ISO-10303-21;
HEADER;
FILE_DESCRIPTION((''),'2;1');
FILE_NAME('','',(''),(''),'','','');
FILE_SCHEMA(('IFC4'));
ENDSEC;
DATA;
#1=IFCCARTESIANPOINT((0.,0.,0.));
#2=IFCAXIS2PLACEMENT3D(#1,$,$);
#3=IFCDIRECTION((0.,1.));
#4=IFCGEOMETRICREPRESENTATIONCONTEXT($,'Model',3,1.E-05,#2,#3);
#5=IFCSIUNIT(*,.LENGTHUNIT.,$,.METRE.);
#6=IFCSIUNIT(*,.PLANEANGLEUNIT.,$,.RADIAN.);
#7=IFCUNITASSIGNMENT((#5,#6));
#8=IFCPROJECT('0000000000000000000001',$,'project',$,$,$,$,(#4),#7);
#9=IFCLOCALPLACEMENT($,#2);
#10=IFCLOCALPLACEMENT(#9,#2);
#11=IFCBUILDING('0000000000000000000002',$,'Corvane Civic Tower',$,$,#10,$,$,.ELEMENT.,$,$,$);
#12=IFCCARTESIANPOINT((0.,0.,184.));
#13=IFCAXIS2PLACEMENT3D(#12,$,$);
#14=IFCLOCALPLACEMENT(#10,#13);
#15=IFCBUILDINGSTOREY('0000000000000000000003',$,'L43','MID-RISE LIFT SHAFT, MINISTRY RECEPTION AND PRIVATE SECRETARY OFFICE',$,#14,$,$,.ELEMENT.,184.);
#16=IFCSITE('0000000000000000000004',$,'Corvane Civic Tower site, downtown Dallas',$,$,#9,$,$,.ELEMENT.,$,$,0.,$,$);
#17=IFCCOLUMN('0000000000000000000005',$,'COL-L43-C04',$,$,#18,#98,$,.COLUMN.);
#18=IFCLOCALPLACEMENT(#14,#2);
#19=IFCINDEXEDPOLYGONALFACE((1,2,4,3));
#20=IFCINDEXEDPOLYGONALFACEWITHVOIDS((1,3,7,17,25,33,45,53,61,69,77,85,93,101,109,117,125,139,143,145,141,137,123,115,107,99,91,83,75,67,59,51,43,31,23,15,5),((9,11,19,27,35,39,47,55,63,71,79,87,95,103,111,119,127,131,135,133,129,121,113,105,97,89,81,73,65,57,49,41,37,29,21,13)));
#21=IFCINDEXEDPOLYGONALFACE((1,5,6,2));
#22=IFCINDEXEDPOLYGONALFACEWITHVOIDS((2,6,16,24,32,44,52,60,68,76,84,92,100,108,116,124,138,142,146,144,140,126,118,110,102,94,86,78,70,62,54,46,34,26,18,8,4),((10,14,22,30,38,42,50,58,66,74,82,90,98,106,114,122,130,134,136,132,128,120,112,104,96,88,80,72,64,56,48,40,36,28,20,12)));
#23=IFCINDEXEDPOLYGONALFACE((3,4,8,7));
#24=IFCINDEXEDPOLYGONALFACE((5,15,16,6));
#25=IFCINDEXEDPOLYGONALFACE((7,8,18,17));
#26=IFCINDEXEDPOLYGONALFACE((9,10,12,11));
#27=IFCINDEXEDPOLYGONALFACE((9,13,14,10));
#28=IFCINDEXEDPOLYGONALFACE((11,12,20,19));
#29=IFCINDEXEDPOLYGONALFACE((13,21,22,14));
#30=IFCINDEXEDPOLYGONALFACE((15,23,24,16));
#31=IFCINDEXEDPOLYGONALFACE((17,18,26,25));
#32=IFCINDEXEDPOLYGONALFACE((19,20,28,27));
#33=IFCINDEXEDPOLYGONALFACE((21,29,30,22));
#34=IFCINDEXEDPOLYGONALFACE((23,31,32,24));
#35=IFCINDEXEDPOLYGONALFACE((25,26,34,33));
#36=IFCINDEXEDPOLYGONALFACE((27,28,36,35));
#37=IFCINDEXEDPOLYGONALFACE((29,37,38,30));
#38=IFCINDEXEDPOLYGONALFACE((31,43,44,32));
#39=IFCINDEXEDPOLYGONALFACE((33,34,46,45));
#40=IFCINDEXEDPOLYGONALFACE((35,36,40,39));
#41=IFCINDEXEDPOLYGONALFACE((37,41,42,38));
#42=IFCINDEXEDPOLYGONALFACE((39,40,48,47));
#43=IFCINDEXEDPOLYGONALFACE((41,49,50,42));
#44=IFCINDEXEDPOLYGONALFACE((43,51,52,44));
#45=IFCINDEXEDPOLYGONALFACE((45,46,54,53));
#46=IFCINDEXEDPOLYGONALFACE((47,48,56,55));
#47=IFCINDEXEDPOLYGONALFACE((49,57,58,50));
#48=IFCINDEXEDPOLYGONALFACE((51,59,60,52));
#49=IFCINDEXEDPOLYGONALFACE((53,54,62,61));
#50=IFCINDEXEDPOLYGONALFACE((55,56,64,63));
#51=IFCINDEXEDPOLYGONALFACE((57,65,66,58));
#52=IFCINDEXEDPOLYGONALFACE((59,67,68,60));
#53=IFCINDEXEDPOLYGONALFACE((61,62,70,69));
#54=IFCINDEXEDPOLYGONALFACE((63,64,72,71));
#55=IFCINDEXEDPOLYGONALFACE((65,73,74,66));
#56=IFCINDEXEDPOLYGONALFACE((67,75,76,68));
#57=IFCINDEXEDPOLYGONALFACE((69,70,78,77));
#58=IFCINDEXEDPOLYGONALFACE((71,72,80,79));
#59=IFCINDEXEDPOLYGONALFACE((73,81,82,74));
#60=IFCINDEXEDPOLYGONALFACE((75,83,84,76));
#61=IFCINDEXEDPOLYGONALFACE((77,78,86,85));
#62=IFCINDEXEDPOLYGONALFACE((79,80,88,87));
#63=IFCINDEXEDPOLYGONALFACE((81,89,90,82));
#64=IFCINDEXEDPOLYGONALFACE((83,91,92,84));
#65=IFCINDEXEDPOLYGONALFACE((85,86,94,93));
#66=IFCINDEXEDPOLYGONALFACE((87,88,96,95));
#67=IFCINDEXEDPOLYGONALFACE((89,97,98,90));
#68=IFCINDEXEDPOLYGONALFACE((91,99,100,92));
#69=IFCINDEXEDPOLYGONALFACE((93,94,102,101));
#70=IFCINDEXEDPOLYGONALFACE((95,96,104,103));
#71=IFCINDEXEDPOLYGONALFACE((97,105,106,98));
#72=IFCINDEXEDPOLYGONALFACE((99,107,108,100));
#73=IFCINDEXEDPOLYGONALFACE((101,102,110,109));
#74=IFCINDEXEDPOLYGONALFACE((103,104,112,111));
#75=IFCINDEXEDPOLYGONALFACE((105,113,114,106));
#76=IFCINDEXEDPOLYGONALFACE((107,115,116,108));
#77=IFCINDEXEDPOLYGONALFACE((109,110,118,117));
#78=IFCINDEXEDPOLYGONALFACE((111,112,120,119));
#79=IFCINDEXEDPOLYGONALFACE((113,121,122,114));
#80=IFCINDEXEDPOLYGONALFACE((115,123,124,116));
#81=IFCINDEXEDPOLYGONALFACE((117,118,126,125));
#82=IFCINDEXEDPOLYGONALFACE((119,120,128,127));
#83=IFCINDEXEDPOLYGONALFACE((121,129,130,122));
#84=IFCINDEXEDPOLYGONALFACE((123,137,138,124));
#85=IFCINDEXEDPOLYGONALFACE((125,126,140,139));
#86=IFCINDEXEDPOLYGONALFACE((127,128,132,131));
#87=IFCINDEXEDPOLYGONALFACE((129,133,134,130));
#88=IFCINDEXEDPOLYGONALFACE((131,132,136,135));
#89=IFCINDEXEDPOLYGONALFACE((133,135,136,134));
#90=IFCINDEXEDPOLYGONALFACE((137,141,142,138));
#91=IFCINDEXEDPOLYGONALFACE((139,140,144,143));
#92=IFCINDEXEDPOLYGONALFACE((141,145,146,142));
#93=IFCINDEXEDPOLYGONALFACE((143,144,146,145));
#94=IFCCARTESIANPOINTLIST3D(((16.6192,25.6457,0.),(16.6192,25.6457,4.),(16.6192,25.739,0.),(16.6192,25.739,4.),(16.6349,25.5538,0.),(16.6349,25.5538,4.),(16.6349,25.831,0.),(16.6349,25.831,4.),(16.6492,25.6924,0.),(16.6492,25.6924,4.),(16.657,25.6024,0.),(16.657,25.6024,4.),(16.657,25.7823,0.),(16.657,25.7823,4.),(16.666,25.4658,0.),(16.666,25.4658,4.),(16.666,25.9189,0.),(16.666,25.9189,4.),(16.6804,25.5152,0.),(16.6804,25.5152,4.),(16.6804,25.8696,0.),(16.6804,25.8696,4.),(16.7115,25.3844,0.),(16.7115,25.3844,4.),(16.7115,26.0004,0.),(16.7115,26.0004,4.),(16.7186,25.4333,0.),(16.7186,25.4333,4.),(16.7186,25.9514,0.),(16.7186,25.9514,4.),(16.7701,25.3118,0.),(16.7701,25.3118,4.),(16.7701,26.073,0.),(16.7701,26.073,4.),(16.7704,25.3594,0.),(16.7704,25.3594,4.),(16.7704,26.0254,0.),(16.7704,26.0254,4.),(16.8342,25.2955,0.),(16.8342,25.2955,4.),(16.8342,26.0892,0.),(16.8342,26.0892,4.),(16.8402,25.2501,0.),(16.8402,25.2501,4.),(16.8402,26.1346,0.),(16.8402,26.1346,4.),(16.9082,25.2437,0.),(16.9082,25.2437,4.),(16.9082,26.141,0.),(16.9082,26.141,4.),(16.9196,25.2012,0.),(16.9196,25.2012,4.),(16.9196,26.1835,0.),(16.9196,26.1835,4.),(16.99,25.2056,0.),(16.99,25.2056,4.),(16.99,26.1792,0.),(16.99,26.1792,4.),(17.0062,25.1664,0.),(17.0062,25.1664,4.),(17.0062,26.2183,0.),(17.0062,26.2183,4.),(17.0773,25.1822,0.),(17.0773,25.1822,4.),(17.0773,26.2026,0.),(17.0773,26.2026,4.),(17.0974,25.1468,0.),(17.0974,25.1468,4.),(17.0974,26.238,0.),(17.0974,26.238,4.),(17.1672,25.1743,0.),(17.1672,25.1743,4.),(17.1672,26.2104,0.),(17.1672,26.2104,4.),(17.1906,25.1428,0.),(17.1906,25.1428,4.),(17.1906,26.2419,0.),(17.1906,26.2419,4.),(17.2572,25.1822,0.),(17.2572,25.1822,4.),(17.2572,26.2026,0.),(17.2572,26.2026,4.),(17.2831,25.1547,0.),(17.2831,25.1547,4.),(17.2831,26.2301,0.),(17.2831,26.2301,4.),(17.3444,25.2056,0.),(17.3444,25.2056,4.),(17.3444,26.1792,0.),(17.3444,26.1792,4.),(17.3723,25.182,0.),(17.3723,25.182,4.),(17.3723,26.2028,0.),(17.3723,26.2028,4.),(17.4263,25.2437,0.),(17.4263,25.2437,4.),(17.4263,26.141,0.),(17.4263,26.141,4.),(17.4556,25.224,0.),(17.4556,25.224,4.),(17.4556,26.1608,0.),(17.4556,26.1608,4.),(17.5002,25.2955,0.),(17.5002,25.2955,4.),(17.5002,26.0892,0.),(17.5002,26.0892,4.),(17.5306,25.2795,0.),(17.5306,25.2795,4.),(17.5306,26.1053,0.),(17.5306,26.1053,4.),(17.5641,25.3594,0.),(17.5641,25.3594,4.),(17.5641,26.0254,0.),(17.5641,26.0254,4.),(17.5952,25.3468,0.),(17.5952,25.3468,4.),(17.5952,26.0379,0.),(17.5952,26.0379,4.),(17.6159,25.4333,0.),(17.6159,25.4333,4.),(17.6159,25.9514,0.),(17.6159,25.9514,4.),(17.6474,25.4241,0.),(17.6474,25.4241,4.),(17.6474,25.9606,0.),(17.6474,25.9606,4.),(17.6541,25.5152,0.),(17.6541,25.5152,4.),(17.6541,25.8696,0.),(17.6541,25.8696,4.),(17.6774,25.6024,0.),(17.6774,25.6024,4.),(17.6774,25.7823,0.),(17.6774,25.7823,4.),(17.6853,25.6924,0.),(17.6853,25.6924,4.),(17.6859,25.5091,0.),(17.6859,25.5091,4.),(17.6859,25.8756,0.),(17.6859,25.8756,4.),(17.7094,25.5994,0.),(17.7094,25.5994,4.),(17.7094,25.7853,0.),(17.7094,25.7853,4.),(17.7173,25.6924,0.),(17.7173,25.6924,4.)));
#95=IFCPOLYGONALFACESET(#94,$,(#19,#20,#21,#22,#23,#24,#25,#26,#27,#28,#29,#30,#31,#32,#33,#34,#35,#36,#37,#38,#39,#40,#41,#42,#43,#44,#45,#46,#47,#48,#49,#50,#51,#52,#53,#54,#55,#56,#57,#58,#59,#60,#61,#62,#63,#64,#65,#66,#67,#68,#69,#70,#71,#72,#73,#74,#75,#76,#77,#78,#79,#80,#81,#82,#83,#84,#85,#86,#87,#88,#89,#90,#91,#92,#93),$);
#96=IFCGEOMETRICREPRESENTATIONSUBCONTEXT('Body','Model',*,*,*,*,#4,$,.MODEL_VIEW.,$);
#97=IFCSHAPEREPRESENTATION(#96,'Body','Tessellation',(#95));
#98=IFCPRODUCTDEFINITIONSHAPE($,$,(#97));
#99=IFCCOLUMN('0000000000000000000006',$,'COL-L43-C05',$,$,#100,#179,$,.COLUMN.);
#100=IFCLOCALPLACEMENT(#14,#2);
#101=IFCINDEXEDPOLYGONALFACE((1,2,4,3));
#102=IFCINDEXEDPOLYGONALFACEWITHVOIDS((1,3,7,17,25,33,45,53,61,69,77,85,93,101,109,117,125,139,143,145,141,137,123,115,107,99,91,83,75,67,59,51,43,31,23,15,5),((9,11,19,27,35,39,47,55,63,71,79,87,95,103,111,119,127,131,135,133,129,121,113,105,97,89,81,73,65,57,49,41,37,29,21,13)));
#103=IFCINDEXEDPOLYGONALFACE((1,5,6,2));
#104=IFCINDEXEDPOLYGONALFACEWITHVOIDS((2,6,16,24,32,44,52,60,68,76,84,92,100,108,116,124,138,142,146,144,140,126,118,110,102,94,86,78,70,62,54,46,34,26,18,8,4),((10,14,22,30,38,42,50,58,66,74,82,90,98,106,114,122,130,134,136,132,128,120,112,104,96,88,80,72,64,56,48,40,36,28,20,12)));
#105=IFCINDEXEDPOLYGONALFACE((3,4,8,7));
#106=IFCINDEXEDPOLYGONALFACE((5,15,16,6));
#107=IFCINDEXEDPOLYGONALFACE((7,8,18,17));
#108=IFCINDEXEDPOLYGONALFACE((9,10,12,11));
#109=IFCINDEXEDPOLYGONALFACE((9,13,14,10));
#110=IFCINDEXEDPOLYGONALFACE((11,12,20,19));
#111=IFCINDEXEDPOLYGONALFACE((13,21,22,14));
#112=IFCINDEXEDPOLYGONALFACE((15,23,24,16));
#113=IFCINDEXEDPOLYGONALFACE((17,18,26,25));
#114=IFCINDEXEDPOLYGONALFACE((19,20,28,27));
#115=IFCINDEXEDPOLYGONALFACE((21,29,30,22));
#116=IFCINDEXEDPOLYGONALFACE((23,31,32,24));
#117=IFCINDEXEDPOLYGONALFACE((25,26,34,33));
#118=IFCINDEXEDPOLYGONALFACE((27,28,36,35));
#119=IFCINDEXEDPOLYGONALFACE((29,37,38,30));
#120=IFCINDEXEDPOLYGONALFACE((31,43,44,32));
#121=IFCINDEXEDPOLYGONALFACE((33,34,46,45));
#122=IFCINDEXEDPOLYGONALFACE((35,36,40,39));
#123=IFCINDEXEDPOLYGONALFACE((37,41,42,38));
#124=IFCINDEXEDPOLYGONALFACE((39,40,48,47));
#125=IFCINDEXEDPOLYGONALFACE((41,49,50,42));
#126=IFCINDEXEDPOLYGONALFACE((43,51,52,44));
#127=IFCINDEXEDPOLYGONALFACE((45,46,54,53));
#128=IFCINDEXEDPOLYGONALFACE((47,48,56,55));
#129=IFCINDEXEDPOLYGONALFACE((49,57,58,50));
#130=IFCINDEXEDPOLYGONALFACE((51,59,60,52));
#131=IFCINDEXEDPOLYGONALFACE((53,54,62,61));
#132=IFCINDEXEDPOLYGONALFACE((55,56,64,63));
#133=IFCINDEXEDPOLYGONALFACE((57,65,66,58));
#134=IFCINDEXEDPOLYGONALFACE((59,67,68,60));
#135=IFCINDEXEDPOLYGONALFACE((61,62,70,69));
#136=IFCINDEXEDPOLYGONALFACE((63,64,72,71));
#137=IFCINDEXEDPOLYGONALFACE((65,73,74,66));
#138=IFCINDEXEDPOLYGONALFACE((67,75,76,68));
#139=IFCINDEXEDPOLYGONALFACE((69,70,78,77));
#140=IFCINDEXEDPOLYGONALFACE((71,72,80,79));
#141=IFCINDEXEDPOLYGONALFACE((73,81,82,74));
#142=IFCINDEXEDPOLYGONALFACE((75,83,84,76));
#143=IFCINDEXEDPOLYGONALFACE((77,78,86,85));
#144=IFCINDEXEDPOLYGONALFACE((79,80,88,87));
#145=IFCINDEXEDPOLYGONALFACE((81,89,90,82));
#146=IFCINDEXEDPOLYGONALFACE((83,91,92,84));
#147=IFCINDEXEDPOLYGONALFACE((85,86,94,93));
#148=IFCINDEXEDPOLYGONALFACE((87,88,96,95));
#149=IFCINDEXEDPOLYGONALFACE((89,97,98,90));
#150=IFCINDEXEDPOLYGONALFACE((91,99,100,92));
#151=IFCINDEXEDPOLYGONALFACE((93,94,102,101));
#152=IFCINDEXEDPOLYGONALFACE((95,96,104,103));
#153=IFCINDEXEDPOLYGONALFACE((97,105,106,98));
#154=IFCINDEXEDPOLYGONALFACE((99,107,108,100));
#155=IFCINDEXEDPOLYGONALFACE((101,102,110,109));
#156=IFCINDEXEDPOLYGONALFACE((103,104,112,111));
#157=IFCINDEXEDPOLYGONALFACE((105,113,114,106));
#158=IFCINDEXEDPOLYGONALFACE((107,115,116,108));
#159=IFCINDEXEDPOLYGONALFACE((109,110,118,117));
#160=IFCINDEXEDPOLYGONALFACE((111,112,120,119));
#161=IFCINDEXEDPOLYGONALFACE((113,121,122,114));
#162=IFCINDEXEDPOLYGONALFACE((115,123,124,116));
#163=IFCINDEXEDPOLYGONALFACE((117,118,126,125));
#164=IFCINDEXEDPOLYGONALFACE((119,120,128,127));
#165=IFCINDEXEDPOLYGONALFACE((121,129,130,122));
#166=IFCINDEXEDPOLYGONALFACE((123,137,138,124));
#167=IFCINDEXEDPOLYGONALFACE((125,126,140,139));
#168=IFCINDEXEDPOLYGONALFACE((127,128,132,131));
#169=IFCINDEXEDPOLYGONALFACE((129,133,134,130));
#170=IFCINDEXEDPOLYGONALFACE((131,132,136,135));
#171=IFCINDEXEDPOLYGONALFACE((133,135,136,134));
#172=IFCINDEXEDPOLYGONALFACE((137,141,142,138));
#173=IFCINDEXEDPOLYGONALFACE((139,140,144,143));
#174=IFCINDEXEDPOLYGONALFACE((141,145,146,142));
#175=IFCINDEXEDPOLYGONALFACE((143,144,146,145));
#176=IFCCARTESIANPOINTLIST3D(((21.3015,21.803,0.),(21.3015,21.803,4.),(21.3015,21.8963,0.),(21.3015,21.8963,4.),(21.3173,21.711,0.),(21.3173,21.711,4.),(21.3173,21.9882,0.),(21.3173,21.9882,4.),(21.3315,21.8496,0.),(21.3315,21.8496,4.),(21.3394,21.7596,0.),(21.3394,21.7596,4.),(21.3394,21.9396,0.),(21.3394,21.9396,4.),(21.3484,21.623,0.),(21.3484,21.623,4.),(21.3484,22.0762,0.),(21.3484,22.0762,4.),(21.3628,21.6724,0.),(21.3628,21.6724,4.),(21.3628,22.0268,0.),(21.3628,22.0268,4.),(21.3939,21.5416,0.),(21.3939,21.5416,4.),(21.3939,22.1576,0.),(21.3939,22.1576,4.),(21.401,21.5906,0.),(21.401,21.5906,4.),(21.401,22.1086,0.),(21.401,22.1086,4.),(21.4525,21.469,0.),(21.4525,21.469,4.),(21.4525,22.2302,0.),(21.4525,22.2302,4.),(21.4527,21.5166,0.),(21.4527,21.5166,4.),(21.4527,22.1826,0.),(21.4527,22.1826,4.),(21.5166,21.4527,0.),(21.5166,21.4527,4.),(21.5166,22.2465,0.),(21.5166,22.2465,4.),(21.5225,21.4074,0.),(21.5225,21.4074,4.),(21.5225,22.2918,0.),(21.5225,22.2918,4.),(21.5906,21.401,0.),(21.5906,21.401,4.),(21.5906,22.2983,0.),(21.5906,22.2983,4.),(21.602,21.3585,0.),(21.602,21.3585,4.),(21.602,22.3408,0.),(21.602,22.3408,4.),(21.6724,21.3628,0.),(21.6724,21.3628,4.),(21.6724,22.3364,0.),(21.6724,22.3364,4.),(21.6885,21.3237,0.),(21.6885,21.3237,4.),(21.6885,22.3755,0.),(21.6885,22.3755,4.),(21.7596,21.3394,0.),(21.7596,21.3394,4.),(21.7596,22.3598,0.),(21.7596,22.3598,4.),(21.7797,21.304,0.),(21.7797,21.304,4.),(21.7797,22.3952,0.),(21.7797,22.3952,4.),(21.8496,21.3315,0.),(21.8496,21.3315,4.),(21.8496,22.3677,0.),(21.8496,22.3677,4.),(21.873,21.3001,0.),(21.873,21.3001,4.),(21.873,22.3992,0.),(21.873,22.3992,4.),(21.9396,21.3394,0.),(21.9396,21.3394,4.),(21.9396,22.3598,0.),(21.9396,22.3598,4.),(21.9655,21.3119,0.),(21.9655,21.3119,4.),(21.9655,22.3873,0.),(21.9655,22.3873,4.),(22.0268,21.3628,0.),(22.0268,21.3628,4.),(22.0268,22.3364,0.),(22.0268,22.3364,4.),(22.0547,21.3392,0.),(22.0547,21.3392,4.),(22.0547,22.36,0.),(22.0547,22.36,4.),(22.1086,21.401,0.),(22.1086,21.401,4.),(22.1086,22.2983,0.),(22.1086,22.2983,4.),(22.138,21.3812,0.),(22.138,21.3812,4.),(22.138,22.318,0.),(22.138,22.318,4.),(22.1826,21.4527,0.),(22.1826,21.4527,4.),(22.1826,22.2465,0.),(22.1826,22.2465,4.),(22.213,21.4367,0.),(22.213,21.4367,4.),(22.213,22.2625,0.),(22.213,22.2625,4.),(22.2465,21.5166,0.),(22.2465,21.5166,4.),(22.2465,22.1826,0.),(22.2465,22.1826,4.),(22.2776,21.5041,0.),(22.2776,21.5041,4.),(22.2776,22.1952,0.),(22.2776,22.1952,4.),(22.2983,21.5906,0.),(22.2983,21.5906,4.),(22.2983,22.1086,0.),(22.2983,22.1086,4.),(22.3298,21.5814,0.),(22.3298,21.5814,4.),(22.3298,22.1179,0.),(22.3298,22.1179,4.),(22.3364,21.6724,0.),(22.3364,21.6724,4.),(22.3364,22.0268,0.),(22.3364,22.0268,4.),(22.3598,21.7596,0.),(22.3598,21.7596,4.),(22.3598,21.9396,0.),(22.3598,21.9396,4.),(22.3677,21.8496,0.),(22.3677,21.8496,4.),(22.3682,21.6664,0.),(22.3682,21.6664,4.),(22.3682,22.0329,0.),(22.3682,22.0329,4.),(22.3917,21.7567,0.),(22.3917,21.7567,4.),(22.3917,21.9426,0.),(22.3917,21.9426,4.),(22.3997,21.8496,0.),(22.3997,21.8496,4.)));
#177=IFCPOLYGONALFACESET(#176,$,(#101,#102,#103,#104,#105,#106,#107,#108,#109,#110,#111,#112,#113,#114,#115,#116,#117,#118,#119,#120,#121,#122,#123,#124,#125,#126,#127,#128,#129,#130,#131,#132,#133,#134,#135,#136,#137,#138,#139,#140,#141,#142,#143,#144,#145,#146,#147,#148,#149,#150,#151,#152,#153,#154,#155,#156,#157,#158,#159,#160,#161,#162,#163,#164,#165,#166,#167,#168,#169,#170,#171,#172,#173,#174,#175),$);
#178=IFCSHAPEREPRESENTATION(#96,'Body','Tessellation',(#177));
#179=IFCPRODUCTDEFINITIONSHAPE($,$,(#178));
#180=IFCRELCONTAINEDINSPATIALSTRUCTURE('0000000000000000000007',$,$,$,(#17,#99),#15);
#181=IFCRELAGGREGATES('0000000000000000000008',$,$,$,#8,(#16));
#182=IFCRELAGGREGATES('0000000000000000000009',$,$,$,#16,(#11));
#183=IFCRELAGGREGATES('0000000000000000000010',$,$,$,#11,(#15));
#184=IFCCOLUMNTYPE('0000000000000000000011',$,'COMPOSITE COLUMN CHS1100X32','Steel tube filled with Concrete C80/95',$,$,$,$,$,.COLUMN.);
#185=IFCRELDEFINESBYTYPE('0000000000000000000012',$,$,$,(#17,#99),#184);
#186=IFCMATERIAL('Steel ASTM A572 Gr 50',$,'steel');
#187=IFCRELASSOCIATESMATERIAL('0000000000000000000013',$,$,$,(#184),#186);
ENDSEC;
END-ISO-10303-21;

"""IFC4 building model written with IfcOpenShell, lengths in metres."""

from ifc_helpers import new_model, si_unit, direction, frame, origin, origin_2d, place, context, subcontext, project, spatial, hollow_circle, extrude, material, material_profile, profile_set, type_object, element, save


model = new_model("IFC4")

# Units and contexts
model_context = context("Model", 3, precision=1e-05, world=origin(), true_north=direction((0.0, 1.0)))
body_context = subcontext(model_context, "Body", "Model", "MODEL_VIEW")
ifc_project = project(units=[si_unit("LENGTHUNIT", "METRE"), si_unit("PLANEANGLEUNIT", "RADIAN")], contexts=[model_context])

# Site, building, storey
site_placement = place(None, origin())
site = spatial("IfcSite", under=ifc_project, at=site_placement, Name="Corvane Civic Tower site, downtown Dallas", CompositionType="ELEMENT", RefElevation=0.0)
building_placement = place(site_placement, origin())
building = spatial("IfcBuilding", under=site, at=building_placement, Name="Corvane Civic Tower", CompositionType="ELEMENT")
storey_placement = place(building_placement, frame((0.0, 0.0, 184.0)))
storey = spatial("IfcBuildingStorey", under=building, at=storey_placement, Name="L43", Description="MID-RISE LIFT SHAFT, MINISTRY RECEPTION AND PRIVATE SECRETARY OFFICE", CompositionType="ELEMENT", Elevation=184.0)

# Columns
ifc_material_1 = material(Name="Steel ASTM A572 Gr 50", Category="steel")
ifc_material_profile_1 = material_profile(ifc_material_1, hollow_circle(Radius=0.55, WallThickness=0.032, at=origin_2d()), Name="CHS1100X32")
ifc_profile_set_1 = profile_set([ifc_material_profile_1], Name="Steel ASTM A572 Gr 50")
column_type = type_object("IfcColumnType", Name="COMPOSITE COLUMN CHS1100X32", Description="Steel tube filled with Concrete C80/95", PredefinedType="COLUMN", material=ifc_profile_set_1)
for number, where, z_axis, x_axis, name in (
    (1, (17.1672, 25.6924, 0.0), (0.0, 0.0, 1.0), (1.0, 0.0, 0.0), "COL-L43-C04"),
    (2, (21.8496, 21.8496, 0.0), (0.0, 0.0, 1.0), (1.0, 0.0, 0.0), "COL-L43-C05"),
):
    element("IfcColumn", number, at=place(storey_placement, frame(where, z_axis=z_axis, x_axis=x_axis)), inside=storey, type_object=column_type, Name=name, PredefinedType="COLUMN", context=body_context, shape_type="SweptSolid", body=[
        extrude(hollow_circle(Radius=0.55, WallThickness=0.032, at=origin_2d()), origin(), (0.0, 0.0, 1.0), 4.0),
    ])

save(model, "model.ifc")
